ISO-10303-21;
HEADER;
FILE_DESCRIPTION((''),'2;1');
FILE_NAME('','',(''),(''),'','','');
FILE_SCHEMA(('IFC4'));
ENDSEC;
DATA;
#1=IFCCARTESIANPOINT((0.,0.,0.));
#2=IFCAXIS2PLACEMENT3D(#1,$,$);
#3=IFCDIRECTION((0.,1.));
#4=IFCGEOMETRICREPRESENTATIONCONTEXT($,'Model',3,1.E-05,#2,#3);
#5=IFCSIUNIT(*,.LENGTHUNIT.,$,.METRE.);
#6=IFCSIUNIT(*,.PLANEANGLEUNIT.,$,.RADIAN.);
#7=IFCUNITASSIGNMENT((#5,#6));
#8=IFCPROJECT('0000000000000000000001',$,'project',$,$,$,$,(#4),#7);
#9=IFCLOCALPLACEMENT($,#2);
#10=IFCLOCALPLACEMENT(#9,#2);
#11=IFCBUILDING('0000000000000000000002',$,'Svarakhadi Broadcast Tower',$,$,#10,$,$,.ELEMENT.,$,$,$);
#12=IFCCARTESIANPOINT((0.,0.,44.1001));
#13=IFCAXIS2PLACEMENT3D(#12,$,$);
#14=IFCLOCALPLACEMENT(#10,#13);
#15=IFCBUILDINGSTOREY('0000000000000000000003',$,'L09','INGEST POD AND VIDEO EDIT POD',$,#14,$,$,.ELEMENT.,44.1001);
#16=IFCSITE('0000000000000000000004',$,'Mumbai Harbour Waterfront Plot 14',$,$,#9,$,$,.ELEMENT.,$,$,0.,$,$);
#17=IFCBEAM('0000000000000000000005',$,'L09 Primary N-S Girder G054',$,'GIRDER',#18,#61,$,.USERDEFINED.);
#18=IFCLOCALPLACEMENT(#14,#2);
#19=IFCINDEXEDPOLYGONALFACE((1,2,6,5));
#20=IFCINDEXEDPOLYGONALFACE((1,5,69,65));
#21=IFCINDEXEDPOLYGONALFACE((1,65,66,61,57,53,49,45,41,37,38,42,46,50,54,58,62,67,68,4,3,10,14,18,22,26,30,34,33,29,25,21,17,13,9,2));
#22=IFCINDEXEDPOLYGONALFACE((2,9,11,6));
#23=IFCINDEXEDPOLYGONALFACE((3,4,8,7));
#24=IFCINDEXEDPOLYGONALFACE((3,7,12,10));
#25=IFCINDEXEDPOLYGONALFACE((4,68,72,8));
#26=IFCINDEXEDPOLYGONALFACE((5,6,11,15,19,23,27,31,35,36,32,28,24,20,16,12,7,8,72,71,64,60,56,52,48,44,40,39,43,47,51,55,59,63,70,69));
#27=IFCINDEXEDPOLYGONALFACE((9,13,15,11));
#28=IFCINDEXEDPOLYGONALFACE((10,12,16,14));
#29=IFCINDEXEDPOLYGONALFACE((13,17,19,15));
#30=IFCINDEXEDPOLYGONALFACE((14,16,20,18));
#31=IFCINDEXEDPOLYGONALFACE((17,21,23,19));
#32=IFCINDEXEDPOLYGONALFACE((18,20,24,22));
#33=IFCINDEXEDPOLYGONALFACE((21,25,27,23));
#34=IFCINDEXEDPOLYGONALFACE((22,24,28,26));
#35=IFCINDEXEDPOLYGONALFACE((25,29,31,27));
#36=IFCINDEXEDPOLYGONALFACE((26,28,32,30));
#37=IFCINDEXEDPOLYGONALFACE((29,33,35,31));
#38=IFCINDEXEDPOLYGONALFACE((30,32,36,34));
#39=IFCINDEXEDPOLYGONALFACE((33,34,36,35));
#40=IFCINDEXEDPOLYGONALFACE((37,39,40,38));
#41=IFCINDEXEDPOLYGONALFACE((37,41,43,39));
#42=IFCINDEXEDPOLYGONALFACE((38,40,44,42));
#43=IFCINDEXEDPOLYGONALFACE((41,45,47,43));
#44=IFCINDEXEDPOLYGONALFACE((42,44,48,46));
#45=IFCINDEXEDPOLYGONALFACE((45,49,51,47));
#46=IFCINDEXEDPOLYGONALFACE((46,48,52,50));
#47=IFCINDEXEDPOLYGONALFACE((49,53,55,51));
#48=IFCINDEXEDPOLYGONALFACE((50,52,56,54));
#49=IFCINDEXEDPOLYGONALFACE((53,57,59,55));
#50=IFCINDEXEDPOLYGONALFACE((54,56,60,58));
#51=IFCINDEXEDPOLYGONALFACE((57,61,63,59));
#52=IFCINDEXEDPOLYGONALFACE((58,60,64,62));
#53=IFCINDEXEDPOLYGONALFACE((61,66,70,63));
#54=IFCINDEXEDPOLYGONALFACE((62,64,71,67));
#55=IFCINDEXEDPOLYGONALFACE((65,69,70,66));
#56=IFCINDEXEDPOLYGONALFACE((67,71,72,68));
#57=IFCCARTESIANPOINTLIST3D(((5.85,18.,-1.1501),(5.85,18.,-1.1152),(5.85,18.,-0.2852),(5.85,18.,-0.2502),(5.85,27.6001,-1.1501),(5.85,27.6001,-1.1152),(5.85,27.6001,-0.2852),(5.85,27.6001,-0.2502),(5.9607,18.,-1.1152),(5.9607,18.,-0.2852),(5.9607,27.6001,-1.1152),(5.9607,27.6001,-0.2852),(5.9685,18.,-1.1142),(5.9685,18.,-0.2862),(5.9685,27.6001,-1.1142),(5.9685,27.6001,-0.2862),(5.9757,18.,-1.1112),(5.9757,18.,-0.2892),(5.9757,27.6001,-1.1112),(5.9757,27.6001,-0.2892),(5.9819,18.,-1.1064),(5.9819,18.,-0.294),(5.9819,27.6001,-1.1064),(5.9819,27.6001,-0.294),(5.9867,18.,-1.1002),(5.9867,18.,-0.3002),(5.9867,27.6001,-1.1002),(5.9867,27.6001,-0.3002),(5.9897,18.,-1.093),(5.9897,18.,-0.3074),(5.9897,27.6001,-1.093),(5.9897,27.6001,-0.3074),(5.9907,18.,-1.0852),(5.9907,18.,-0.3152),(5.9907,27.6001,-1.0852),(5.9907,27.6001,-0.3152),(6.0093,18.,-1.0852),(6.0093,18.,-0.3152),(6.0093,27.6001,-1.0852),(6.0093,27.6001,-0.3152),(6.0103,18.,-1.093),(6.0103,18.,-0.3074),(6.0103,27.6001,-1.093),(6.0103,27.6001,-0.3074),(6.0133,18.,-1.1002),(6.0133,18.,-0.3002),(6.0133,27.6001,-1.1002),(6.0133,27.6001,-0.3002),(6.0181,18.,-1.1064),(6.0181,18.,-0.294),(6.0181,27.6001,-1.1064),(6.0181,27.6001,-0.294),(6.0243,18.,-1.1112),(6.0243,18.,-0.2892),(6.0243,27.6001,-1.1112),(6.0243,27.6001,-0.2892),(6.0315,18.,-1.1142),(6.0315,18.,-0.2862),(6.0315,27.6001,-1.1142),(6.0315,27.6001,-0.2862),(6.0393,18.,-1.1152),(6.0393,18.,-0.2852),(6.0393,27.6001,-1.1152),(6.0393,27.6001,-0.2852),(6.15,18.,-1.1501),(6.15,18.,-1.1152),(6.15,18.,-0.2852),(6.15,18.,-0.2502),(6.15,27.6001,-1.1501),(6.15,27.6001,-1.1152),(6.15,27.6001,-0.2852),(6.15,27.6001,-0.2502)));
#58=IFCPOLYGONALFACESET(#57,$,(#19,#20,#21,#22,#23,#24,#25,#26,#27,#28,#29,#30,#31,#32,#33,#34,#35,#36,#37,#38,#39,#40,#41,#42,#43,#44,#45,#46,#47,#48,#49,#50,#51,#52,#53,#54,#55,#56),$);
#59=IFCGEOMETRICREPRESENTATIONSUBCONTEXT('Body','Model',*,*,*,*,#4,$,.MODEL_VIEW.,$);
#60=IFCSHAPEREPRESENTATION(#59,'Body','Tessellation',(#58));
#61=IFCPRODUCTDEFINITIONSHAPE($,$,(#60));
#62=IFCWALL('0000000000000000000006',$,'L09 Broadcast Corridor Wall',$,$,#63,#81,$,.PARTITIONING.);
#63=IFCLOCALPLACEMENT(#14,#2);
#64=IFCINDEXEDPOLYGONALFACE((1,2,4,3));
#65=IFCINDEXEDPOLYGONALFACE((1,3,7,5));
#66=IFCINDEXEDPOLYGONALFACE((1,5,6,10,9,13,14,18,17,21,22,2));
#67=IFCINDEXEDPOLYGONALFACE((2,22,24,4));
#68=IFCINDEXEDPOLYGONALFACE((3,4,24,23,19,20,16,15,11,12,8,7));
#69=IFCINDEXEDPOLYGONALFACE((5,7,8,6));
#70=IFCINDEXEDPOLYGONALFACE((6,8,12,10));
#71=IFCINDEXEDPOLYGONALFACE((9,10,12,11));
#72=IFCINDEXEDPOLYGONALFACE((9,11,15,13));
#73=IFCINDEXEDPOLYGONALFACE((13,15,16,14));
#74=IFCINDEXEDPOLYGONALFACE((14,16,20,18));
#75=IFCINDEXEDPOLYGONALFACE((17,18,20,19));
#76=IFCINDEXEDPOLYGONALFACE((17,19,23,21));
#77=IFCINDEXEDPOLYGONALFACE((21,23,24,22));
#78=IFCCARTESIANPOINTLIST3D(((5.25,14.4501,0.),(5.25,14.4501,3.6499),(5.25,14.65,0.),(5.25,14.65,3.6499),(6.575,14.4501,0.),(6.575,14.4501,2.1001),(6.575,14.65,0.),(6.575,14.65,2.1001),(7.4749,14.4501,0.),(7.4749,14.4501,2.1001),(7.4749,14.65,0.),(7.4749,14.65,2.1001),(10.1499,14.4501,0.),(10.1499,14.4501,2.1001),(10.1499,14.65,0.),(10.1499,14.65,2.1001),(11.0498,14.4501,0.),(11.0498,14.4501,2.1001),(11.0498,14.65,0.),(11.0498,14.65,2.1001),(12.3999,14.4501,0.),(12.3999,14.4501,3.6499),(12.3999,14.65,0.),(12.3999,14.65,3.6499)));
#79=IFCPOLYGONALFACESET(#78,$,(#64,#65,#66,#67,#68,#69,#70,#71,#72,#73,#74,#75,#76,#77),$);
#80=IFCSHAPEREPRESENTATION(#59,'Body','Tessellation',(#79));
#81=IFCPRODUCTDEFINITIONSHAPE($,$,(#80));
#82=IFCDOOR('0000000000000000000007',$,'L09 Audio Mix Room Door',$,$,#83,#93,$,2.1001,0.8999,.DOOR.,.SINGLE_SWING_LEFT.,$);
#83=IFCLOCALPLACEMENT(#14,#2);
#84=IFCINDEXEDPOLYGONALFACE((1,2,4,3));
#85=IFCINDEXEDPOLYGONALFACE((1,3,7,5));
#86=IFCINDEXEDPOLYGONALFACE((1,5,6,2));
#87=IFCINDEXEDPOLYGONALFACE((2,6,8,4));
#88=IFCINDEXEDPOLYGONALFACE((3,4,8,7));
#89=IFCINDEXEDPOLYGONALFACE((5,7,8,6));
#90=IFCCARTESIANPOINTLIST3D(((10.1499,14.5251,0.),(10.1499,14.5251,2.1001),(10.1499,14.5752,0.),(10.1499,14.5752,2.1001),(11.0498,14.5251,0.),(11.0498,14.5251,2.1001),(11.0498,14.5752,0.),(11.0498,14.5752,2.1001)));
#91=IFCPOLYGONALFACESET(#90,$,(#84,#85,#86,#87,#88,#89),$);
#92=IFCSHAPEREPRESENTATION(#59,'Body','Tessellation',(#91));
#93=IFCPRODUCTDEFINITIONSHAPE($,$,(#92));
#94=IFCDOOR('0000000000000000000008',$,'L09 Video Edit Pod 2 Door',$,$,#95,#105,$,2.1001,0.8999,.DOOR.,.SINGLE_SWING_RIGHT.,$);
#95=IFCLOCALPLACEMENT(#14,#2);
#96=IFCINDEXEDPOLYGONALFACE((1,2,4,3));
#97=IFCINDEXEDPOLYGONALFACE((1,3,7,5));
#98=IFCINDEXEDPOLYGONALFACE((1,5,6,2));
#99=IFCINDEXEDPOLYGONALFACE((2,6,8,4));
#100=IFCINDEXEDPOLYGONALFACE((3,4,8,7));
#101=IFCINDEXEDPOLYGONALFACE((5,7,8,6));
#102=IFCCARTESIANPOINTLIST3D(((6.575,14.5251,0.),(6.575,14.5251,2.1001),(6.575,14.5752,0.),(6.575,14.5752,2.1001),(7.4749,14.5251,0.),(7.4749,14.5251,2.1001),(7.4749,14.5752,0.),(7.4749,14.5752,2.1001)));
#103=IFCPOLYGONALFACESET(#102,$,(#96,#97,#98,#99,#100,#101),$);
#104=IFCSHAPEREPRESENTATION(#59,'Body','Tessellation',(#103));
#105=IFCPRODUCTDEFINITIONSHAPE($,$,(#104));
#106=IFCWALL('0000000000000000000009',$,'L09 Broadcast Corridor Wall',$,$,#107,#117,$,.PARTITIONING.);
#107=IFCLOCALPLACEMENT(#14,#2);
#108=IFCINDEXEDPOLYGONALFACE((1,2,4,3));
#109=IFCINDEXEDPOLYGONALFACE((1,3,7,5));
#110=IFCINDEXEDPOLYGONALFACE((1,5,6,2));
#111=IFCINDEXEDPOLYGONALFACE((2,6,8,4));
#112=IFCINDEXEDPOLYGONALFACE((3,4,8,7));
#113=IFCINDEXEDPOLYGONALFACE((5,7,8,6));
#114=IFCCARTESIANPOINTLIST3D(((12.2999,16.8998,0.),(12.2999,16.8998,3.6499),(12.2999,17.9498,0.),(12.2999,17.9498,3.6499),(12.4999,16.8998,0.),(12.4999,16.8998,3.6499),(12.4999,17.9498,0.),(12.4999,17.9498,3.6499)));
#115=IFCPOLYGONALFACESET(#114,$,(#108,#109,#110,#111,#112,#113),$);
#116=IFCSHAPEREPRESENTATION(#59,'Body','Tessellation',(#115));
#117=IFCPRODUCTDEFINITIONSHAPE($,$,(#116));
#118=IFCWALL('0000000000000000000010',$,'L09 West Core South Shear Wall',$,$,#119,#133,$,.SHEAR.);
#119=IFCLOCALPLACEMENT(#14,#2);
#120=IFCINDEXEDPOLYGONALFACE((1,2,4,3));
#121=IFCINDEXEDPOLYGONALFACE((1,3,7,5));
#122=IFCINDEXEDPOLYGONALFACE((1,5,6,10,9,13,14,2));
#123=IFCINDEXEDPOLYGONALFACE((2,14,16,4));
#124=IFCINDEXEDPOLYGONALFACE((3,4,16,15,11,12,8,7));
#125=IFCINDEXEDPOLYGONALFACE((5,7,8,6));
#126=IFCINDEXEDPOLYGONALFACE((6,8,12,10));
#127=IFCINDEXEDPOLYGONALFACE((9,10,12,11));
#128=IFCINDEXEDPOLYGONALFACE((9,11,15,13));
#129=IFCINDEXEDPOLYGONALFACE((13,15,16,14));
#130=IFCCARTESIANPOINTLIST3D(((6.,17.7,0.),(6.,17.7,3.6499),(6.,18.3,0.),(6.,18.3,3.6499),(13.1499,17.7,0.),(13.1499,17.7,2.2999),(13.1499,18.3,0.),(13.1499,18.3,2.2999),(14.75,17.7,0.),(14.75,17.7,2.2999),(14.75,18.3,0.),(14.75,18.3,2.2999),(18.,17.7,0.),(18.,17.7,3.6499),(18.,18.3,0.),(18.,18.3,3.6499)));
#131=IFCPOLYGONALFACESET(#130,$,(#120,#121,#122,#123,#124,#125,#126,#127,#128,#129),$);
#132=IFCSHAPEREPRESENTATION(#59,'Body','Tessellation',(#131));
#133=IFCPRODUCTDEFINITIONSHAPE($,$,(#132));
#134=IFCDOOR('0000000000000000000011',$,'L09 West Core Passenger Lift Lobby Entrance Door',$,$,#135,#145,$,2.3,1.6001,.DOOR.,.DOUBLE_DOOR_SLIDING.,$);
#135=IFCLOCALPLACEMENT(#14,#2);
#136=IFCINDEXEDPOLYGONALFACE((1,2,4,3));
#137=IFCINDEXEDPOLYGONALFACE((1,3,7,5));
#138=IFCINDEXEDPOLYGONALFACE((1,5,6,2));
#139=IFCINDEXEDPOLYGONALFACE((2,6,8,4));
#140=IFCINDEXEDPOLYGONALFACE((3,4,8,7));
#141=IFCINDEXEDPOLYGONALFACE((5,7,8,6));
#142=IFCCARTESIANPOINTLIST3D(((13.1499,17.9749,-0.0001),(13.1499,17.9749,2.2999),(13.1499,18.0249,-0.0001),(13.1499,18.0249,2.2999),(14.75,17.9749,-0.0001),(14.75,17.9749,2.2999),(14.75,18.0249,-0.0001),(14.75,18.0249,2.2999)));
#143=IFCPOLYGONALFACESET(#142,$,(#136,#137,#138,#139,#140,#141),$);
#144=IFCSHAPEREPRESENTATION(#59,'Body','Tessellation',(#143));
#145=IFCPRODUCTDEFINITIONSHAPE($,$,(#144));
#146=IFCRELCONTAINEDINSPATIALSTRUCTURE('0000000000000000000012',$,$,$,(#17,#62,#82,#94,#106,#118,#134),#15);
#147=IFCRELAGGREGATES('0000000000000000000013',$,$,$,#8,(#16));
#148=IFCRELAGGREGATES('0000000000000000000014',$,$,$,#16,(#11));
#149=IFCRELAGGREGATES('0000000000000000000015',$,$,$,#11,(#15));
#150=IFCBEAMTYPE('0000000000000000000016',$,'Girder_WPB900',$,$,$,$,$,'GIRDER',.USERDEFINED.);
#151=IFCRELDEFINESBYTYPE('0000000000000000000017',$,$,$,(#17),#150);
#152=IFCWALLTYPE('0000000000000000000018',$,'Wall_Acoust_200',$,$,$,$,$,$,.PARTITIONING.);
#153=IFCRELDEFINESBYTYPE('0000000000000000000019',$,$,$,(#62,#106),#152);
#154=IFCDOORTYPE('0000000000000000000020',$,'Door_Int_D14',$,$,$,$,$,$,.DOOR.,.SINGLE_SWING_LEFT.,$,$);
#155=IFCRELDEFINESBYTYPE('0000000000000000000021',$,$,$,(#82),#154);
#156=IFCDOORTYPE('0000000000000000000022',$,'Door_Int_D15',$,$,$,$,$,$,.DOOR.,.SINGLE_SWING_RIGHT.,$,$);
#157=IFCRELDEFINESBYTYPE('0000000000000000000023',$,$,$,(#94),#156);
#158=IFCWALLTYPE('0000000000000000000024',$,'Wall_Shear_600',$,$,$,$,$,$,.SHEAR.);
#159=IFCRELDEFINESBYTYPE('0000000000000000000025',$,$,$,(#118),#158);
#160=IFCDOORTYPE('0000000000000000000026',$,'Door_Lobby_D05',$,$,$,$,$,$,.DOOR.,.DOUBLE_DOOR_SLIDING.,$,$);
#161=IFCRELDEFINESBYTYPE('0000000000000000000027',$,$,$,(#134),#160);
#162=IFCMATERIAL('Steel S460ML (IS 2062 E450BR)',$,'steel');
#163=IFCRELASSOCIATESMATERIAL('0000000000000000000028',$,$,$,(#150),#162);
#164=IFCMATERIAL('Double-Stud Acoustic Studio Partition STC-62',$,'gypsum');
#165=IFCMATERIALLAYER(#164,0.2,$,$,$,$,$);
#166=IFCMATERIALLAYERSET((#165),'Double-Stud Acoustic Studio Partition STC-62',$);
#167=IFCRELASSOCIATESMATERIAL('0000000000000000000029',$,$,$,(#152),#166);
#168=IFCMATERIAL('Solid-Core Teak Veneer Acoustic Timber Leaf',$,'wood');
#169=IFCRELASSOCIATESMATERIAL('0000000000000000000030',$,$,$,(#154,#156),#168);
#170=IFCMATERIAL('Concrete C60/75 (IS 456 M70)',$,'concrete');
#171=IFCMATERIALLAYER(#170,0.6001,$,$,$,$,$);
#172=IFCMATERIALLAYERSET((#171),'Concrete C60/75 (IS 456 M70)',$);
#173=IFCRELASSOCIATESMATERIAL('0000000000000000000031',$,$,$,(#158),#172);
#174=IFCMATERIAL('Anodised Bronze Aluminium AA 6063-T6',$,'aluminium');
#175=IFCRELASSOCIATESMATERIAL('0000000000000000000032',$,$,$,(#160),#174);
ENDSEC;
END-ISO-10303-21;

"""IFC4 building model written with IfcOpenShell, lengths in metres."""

from ifc_helpers import new_model, si_unit, direction, frame, frame_2d, origin, origin_2d, place, context, subcontext, project, spatial, rectangle, i_section, extrude, material, layer, layer_set, material_profile, profile_set, type_object, element, fill, save


model = new_model("IFC4")

# Units and contexts
model_context = context("Model", 3, precision=1e-05, world=origin(), true_north=direction((0.0, 1.0)))
body_context = subcontext(model_context, "Body", "Model", "MODEL_VIEW")
ifc_project = project(units=[si_unit("LENGTHUNIT", "METRE"), si_unit("PLANEANGLEUNIT", "RADIAN")], contexts=[model_context])

# Site, building, storey
site_placement = place(None, origin())
site = spatial("IfcSite", under=ifc_project, at=site_placement, Name="Mumbai Harbour Waterfront Plot 14", CompositionType="ELEMENT", RefElevation=0.0)
building_placement = place(site_placement, origin())
building = spatial("IfcBuilding", under=site, at=building_placement, Name="Svarakhadi Broadcast Tower", CompositionType="ELEMENT")
storey_placement = place(building_placement, frame((0.0, 0.0, 44.1001)))
storey = spatial("IfcBuildingStorey", under=building, at=storey_placement, Name="L09", Description="INGEST POD AND VIDEO EDIT POD", CompositionType="ELEMENT", Elevation=44.1001)

# Shared definitions
ifc_material_1 = material(Name="Steel S460ML (IS 2062 E450BR)", Category="steel")
ifc_material_2 = material(Name="Concrete C60/75 (IS 456 M70)", Category="concrete")

# Beam
ifc_material_profile_1 = material_profile(ifc_material_1, i_section(OverallWidth=0.3, OverallDepth=0.8999, WebThickness=0.0186, FlangeThickness=0.0349, FilletRadius=0.03, at=origin_2d()), Name="WPB 900x300x291")
ifc_profile_set_1 = profile_set([ifc_material_profile_1], Name="Steel S460ML (IS 2062 E450BR)")
beam_type_1 = type_object("IfcBeamType", Name="Girder_WPB900", ElementType="GIRDER", PredefinedType="USERDEFINED", material=ifc_profile_set_1)
beam_placement = place(storey_placement, frame((6.0, 18.0, -0.7002), z_axis=(0.0, 1.0, 0.0), x_axis=(-1.0, 0.0, 0.0)))
element("IfcBeam", 1, at=beam_placement, inside=storey, type_object=beam_type_1, Name="L09 Primary N-S Girder G054", ObjectType="GIRDER", PredefinedType="USERDEFINED", context=body_context, shape_type="SweptSolid", body=[
    extrude(i_section(OverallWidth=0.3, OverallDepth=0.8999, WebThickness=0.0186, FlangeThickness=0.0349, FilletRadius=0.03, at=origin_2d()), origin(), (0.0, 0.0, 1.0), 9.6001),
])

# Wall, openings, doors
ifc_material_3 = material(Name="Double-Stud Acoustic Studio Partition STC-62", Category="gypsum")
ifc_layer_1 = layer(ifc_material_3, 0.2)
ifc_layer_set_1 = layer_set([ifc_layer_1], Name="Double-Stud Acoustic Studio Partition STC-62")
wall_type_1 = type_object("IfcWallType", Name="Wall_Acoust_200", PredefinedType="PARTITIONING", material=ifc_layer_set_1)
wall_1_placement = place(storey_placement, frame((12.3999, 14.55, 0.0), z_axis=(0.0, 0.0, 1.0), x_axis=(-1.0, 0.0, 0.0)))
wall_1 = element("IfcWall", 2, at=wall_1_placement, inside=storey, type_object=wall_type_1, Name="L09 Broadcast Corridor Wall", PredefinedType="PARTITIONING", context=body_context, shape_type="SweptSolid", body=[
    extrude(rectangle(XDim=7.1499, YDim=0.2, at=frame_2d((3.575, 0.0))), origin(), (0.0, 0.0, 1.0), 3.6499),
])
opening_1_placement = place(wall_1_placement, frame((4.925, 0.0, 0.0)))
opening_1 = element("IfcOpeningElement", 3, at=opening_1_placement, cuts=wall_1, PredefinedType="OPENING", context=body_context, shape_type="SweptSolid", body=[
    extrude(rectangle(XDim=0.8999, YDim=2.1001, at=frame_2d((0.45, 1.05))), frame((0.0, 0.1099, 0.0), z_axis=(0.0, -1.0, 0.0), x_axis=(1.0, 0.0, 0.0)), (0.0, 0.0, 1.0), 0.22),
])
opening_2_placement = place(wall_1_placement, frame((1.3501, 0.0, 0.0)))
opening_2 = element("IfcOpeningElement", 4, at=opening_2_placement, cuts=wall_1, PredefinedType="OPENING", context=body_context, shape_type="SweptSolid", body=[
    extrude(rectangle(XDim=0.8999, YDim=2.1001, at=frame_2d((0.45, 1.05))), frame((0.0, 0.1099, 0.0), z_axis=(0.0, -1.0, 0.0), x_axis=(1.0, 0.0, 0.0)), (0.0, 0.0, 1.0), 0.22),
])
ifc_material_4 = material(Name="Solid-Core Teak Veneer Acoustic Timber Leaf", Category="wood")
door_type_1 = type_object("IfcDoorType", Name="Door_Int_D14", OperationType="SINGLE_SWING_LEFT", PredefinedType="DOOR", material=ifc_material_4)
door_1_placement = place(opening_2_placement, origin())
door_1 = element("IfcDoor", 5, at=door_1_placement, inside=storey, type_object=door_type_1, Name="L09 Audio Mix Room Door", OperationType="SINGLE_SWING_LEFT", OverallHeight=2.1001, OverallWidth=0.8999, PredefinedType="DOOR", context=body_context, shape_type="SweptSolid", body=[
    extrude(rectangle(XDim=0.8999, YDim=2.1001, at=frame_2d((0.45, 1.05))), frame((0.0, 0.0249, 0.0), z_axis=(0.0, -1.0, 0.0), x_axis=(1.0, 0.0, 0.0)), (0.0, 0.0, 1.0), 0.05),
])
fill(opening_2, door_1)
door_type_2 = type_object("IfcDoorType", Name="Door_Int_D15", OperationType="SINGLE_SWING_RIGHT", PredefinedType="DOOR", material=ifc_material_4)
door_2_placement = place(opening_1_placement, origin())
door_2 = element("IfcDoor", 6, at=door_2_placement, inside=storey, type_object=door_type_2, Name="L09 Video Edit Pod 2 Door", OperationType="SINGLE_SWING_RIGHT", OverallHeight=2.1001, OverallWidth=0.8999, PredefinedType="DOOR", context=body_context, shape_type="SweptSolid", body=[
    extrude(rectangle(XDim=0.8999, YDim=2.1001, at=frame_2d((0.45, 1.05))), frame((0.0, 0.0249, 0.0), z_axis=(0.0, -1.0, 0.0), x_axis=(1.0, 0.0, 0.0)), (0.0, 0.0, 1.0), 0.05),
])
fill(opening_1, door_2)

# Wall
wall_2_placement = place(storey_placement, frame((12.3999, 16.8999, 0.0), z_axis=(0.0, 0.0, 1.0), x_axis=(0.0, 1.0, 0.0)))
element("IfcWall", 7, at=wall_2_placement, inside=storey, type_object=wall_type_1, Name="L09 Broadcast Corridor Wall", PredefinedType="PARTITIONING", context=body_context, shape_type="SweptSolid", body=[
    extrude(rectangle(XDim=1.05, YDim=0.2, at=frame_2d((0.5249, 0.0))), origin(), (0.0, 0.0, 1.0), 3.6499),
])

# Wall, opening, door
ifc_layer_2 = layer(ifc_material_2, 0.6001)
ifc_layer_set_2 = layer_set([ifc_layer_2], Name="Concrete C60/75 (IS 456 M70)")
wall_type_2 = type_object("IfcWallType", Name="Wall_Shear_600", PredefinedType="SHEAR", material=ifc_layer_set_2)
wall_3_placement = place(storey_placement, frame((6.0, 18.0, 0.0), z_axis=(0.0, 0.0, 1.0), x_axis=(1.0, 0.0, 0.0)))
wall_3 = element("IfcWall", 8, at=wall_3_placement, inside=storey, type_object=wall_type_2, Name="L09 West Core South Shear Wall", PredefinedType="SHEAR", context=body_context, shape_type="SweptSolid", body=[
    extrude(rectangle(XDim=12.0, YDim=0.6001, at=frame_2d((6.0, 0.0))), origin(), (0.0, 0.0, 1.0), 3.6499),
])
opening_3_placement = place(wall_3_placement, frame((7.1499, 0.0, 0.0)))
opening_3 = element("IfcOpeningElement", 9, at=opening_3_placement, cuts=wall_3, PredefinedType="OPENING", context=body_context, shape_type="SweptSolid", body=[
    extrude(rectangle(XDim=1.6001, YDim=2.3, at=frame_2d((0.8, 1.1499))), frame((0.0, 0.3101, 0.0), z_axis=(0.0, -1.0, 0.0), x_axis=(1.0, 0.0, 0.0)), (0.0, 0.0, 1.0), 0.6201),
])
ifc_material_5 = material(Name="Anodised Bronze Aluminium AA 6063-T6", Category="aluminium")
door_type_3 = type_object("IfcDoorType", Name="Door_Lobby_D05", OperationType="DOUBLE_DOOR_SLIDING", PredefinedType="DOOR", material=ifc_material_5)
door_3_placement = place(opening_3_placement, origin())
door_3 = element("IfcDoor", 10, at=door_3_placement, inside=storey, type_object=door_type_3, Name="L09 West Core Passenger Lift Lobby Entrance Door", OperationType="DOUBLE_DOOR_SLIDING", OverallHeight=2.3, OverallWidth=1.6001, PredefinedType="DOOR", context=body_context, shape_type="SweptSolid", body=[
    extrude(rectangle(XDim=1.6001, YDim=2.3, at=frame_2d((0.8, 1.1499))), frame((0.0, 0.0249, 0.0), z_axis=(0.0, -1.0, 0.0), x_axis=(1.0, 0.0, 0.0)), (0.0, 0.0, 1.0), 0.05),
])
fill(opening_3, door_3)

save(model, "model.ifc")
